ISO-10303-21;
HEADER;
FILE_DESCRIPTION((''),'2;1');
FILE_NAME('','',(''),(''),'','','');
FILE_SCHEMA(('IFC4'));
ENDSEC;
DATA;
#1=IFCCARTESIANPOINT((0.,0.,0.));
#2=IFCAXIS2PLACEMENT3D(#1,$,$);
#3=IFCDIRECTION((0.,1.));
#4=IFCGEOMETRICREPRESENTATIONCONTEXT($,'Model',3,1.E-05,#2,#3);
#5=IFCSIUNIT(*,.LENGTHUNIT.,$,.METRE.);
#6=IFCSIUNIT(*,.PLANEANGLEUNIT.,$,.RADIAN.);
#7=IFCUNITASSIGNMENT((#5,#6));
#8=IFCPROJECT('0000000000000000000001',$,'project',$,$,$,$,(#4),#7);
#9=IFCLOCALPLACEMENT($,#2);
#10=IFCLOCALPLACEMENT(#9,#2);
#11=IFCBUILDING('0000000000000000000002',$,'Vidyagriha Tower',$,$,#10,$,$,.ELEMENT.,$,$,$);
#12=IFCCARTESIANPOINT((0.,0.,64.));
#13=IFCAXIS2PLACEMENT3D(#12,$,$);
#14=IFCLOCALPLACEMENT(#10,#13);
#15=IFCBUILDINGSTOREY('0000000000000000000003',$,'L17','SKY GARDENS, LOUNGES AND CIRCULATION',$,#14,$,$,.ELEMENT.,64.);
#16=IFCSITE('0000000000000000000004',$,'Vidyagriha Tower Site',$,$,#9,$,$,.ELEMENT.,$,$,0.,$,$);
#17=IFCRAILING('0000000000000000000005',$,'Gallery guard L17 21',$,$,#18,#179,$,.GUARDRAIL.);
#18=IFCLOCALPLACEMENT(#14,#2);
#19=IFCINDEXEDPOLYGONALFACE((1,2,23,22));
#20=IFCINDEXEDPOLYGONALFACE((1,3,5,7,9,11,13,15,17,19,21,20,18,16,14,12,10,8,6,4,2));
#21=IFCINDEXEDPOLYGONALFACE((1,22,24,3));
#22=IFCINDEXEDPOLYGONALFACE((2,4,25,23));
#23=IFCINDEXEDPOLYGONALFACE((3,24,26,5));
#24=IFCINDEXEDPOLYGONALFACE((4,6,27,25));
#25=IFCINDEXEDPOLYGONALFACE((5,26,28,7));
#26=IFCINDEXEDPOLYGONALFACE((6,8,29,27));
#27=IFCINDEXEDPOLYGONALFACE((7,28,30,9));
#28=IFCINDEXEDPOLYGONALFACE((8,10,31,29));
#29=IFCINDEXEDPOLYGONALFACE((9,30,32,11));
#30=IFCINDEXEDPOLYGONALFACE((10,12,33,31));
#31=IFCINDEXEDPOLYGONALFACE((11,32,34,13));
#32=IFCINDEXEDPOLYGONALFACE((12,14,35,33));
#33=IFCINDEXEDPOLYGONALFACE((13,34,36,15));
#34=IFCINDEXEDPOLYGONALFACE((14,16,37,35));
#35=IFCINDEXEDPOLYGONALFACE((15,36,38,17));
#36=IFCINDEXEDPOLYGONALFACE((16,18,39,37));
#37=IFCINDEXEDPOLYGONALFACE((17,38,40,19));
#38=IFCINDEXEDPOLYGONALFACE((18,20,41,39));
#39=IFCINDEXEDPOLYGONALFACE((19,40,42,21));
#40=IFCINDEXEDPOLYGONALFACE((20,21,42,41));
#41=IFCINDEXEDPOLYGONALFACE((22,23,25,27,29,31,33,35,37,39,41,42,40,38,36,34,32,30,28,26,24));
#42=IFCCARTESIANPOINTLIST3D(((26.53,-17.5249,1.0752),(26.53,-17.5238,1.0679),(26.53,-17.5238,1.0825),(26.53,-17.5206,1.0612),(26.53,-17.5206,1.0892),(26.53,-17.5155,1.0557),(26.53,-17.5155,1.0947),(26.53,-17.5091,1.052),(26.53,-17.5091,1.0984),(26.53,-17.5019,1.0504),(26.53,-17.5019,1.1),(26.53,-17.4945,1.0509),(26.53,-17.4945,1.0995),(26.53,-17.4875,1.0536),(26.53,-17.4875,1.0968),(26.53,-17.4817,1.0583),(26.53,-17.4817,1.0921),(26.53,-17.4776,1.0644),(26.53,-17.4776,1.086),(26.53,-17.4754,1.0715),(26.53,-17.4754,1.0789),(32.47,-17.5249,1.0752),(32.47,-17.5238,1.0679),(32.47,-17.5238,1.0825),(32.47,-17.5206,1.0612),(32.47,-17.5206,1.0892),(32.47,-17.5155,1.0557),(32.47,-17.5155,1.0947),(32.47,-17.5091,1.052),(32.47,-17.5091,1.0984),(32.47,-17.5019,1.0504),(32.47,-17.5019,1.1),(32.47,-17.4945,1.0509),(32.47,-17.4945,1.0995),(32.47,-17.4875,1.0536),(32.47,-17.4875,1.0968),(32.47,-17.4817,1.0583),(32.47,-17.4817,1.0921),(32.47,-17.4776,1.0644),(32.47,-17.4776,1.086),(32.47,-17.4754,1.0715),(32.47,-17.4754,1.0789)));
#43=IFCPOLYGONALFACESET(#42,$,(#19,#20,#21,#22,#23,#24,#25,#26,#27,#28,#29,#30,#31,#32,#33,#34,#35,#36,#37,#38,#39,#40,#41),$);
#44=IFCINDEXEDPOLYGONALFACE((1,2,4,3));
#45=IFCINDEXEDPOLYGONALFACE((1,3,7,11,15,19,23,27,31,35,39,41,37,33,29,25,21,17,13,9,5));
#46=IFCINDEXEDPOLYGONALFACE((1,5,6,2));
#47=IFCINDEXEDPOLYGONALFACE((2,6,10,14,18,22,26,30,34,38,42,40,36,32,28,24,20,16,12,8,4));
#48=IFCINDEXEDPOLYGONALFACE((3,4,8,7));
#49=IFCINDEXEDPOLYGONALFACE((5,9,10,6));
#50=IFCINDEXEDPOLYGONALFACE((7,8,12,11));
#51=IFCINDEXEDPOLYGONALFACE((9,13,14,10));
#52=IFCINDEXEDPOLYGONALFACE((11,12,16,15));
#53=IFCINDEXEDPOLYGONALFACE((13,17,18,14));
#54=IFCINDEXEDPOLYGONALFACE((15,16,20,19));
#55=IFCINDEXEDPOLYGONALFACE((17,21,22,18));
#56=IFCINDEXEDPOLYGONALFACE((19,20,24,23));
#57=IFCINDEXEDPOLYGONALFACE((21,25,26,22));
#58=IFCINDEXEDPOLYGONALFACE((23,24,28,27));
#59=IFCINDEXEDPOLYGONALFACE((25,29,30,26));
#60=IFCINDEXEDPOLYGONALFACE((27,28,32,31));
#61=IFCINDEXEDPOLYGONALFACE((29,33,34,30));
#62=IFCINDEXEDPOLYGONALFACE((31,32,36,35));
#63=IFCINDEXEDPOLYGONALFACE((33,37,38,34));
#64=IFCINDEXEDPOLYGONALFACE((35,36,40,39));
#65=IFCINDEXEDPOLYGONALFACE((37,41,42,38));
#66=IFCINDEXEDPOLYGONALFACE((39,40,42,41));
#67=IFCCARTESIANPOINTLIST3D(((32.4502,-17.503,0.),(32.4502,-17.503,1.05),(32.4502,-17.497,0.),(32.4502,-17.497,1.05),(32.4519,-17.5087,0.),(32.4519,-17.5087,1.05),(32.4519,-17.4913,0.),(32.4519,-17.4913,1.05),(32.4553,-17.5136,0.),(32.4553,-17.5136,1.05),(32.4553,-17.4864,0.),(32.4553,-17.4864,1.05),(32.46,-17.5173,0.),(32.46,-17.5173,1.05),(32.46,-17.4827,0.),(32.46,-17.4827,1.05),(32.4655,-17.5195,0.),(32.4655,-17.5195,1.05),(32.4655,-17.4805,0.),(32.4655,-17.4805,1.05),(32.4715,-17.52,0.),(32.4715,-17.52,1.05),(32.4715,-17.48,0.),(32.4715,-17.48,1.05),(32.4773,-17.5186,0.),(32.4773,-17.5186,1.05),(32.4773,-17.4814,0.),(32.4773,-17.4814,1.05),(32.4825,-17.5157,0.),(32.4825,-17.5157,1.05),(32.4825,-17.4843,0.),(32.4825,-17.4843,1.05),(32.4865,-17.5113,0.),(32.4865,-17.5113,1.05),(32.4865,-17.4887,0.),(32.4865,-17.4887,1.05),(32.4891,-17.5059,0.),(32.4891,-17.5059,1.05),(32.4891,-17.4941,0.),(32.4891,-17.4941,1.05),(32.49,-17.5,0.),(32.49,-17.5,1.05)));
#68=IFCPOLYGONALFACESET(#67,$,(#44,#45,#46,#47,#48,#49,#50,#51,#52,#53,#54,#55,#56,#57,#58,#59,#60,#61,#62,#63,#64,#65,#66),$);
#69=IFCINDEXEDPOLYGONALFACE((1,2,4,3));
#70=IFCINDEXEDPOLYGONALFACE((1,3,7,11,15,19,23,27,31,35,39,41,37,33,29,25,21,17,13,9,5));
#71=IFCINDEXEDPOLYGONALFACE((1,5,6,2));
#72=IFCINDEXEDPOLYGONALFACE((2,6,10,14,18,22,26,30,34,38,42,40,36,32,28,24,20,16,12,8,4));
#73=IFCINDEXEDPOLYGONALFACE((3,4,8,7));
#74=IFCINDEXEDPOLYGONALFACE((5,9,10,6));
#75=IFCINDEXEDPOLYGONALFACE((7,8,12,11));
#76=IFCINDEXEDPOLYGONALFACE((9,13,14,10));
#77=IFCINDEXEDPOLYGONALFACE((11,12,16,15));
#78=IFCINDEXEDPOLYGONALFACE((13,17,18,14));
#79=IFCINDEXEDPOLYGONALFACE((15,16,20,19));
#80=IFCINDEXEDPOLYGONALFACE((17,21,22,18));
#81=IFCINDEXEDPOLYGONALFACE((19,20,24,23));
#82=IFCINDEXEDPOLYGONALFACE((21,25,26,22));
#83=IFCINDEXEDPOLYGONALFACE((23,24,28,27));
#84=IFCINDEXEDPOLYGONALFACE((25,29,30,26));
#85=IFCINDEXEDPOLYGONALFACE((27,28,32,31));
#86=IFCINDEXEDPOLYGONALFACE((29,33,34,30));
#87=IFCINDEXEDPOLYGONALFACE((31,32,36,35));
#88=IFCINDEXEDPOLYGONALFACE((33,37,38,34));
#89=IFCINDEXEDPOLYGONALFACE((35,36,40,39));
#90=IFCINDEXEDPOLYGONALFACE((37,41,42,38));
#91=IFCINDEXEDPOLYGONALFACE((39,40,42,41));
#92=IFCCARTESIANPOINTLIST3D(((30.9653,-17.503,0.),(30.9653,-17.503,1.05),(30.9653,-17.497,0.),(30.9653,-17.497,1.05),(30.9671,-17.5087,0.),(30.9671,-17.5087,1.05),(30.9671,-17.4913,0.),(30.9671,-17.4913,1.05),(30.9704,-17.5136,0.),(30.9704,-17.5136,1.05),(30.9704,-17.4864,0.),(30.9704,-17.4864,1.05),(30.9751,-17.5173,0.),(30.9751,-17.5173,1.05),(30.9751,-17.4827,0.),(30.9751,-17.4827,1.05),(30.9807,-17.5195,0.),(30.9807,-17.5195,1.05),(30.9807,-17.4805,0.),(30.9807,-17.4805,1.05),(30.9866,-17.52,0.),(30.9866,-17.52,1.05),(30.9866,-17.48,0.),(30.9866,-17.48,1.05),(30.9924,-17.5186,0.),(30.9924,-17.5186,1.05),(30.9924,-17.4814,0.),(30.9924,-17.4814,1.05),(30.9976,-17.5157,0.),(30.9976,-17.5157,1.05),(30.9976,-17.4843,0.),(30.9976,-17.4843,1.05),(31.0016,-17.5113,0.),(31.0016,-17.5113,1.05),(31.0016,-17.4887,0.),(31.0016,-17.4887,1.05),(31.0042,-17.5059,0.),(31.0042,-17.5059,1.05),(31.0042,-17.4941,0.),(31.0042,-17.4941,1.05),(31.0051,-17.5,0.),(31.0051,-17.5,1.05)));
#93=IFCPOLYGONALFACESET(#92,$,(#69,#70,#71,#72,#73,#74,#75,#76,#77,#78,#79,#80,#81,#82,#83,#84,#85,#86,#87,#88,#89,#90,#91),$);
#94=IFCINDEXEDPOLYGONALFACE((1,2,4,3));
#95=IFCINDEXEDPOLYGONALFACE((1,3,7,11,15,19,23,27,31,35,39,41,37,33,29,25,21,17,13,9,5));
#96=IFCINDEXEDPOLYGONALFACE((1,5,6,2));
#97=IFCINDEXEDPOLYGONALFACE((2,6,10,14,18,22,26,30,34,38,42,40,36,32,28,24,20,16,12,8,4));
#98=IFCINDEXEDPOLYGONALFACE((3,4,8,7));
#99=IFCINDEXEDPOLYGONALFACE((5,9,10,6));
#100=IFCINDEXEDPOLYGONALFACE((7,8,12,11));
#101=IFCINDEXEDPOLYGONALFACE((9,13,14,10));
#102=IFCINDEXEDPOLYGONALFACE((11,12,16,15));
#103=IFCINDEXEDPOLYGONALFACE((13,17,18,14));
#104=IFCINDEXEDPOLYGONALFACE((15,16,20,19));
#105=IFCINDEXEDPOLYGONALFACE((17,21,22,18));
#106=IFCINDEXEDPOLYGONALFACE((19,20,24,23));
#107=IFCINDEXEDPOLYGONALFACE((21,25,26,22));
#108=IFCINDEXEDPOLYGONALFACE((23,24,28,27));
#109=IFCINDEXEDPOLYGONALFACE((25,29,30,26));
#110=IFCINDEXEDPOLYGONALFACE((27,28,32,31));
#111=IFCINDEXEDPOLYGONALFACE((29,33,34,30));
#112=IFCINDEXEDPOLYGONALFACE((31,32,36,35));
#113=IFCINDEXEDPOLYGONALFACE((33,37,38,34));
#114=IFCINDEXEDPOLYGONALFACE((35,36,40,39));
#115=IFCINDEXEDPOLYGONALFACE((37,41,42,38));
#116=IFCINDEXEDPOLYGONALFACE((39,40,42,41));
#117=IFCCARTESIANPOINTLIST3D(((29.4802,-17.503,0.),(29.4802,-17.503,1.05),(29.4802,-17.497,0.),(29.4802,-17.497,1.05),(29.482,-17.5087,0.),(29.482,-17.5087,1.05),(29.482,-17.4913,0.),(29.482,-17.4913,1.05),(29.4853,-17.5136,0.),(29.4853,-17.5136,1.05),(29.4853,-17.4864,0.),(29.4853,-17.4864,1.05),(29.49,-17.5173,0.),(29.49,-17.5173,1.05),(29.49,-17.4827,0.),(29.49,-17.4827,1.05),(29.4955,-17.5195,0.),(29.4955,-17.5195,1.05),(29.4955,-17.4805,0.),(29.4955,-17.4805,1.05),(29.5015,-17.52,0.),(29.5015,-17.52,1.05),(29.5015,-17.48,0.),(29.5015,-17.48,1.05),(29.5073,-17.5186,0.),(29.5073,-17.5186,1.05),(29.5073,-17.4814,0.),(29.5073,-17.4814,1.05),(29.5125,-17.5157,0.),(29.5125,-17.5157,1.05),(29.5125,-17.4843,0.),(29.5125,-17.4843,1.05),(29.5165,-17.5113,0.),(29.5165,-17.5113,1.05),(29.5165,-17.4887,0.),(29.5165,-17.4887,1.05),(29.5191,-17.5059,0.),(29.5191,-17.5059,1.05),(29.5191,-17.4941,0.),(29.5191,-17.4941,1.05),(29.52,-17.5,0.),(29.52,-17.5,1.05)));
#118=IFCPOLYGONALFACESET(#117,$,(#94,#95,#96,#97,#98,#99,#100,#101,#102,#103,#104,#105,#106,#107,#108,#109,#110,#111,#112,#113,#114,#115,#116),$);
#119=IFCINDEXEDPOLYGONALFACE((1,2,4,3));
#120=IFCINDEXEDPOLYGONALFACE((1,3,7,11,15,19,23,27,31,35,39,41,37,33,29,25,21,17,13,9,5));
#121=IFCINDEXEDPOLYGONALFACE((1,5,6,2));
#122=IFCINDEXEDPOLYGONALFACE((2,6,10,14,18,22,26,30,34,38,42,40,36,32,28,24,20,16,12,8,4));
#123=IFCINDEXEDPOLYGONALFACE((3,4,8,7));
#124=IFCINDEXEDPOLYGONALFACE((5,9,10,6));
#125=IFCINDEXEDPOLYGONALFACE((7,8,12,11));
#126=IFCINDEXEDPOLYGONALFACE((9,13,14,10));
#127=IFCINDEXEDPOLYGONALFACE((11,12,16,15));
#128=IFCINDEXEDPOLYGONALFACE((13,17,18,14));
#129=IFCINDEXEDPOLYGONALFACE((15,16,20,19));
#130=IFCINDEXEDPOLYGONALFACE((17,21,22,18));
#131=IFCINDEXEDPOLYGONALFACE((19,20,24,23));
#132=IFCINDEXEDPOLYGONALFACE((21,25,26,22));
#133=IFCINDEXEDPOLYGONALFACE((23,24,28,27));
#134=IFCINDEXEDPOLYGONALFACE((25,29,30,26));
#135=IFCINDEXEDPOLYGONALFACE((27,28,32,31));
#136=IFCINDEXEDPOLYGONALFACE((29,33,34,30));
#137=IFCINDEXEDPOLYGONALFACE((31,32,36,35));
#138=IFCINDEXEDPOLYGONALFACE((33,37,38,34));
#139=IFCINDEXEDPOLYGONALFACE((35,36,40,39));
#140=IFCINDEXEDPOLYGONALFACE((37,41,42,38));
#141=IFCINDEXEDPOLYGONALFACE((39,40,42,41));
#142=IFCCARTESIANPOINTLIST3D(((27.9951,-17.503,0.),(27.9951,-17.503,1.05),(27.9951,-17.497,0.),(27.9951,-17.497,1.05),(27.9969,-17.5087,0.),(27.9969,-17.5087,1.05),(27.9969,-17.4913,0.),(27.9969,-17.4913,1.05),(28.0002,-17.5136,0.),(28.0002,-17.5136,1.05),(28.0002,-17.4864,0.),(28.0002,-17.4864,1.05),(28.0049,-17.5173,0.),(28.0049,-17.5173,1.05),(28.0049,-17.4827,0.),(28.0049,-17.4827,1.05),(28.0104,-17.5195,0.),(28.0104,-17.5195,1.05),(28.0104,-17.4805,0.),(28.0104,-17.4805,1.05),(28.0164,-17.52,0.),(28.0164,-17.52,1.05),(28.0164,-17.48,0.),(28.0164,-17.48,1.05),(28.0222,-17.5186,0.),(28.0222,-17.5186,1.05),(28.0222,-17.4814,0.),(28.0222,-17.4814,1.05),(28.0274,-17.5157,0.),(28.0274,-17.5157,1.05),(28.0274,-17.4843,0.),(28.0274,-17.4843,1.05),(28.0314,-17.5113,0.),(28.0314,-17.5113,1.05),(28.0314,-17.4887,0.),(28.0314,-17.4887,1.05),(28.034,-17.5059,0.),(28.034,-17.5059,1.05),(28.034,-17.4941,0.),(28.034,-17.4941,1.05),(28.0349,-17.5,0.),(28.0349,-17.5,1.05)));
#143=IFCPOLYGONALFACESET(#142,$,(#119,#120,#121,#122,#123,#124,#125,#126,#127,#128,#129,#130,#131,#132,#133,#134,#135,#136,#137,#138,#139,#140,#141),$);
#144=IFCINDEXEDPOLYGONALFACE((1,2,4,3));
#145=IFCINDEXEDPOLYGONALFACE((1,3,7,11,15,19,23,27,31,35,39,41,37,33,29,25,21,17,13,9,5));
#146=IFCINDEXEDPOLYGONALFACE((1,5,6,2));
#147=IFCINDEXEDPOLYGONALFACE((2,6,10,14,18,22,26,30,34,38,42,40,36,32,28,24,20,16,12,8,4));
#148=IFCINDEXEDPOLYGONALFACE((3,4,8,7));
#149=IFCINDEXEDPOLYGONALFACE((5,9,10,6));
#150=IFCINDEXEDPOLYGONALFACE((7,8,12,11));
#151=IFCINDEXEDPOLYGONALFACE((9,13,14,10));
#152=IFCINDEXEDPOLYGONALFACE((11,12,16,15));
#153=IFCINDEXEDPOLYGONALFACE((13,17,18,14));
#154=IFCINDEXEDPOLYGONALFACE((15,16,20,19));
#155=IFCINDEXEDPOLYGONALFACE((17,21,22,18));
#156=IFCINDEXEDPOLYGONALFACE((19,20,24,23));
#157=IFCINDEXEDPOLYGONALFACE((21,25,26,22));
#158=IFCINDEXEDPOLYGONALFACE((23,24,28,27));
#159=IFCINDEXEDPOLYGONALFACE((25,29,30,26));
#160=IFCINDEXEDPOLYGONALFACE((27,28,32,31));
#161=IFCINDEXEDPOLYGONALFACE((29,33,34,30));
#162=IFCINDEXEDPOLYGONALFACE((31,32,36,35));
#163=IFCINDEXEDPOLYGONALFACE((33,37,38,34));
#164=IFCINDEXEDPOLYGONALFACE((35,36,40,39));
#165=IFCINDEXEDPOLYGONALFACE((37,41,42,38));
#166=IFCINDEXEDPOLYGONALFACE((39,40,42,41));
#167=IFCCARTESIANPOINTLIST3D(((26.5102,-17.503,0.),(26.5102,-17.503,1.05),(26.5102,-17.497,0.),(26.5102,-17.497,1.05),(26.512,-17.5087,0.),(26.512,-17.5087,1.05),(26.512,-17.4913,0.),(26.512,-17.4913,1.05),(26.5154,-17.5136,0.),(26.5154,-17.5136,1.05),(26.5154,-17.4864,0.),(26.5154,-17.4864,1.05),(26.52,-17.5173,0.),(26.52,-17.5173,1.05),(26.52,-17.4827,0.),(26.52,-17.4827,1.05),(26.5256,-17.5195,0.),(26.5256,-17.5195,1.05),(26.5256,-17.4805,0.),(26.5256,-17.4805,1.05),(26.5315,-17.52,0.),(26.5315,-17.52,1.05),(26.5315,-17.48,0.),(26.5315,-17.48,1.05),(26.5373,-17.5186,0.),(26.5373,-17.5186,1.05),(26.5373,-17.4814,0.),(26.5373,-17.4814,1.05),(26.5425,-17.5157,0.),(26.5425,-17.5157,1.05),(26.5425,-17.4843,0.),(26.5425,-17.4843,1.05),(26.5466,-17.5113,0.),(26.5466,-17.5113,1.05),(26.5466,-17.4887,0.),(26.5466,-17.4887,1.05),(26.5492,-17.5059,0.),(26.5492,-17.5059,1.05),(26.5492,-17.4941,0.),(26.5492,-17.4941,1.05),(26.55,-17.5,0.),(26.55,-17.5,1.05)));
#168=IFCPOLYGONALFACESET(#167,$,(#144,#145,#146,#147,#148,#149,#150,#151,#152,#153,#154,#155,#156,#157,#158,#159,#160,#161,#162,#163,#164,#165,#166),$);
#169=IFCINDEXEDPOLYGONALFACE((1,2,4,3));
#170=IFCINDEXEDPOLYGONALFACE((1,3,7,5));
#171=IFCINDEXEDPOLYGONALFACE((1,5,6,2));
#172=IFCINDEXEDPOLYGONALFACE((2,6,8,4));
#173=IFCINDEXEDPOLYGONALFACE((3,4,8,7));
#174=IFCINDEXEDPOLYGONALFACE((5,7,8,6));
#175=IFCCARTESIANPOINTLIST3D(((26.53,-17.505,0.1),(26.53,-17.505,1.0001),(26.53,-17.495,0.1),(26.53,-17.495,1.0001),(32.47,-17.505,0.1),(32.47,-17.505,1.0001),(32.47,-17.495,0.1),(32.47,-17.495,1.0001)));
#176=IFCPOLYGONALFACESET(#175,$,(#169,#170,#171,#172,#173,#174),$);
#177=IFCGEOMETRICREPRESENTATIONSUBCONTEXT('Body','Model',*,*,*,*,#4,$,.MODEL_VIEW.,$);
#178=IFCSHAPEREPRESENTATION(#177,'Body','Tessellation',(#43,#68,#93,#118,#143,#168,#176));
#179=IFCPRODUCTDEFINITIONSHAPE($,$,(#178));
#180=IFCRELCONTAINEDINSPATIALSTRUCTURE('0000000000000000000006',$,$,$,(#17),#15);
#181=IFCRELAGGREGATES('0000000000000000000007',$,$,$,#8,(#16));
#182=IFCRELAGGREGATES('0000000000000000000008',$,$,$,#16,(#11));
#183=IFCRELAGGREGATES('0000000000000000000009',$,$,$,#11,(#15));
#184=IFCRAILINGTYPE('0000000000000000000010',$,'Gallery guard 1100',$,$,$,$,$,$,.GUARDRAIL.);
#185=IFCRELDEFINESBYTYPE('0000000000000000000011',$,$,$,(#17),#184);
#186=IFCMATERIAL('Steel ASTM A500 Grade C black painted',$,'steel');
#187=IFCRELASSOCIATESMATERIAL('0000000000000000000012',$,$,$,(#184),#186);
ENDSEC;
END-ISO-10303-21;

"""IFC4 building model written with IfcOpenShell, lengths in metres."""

from ifc_helpers import new_model, si_unit, direction, frame, origin, origin_2d, place, context, subcontext, project, spatial, rectangle, circle, extrude, material, type_object, element, save


model = new_model("IFC4")

# Units and contexts
model_context = context("Model", 3, precision=1e-05, world=origin(), true_north=direction((0.0, 1.0)))
body_context = subcontext(model_context, "Body", "Model", "MODEL_VIEW")
ifc_project = project(units=[si_unit("LENGTHUNIT", "METRE"), si_unit("PLANEANGLEUNIT", "RADIAN")], contexts=[model_context])

# Site, building, storey
site_placement = place(None, origin())
site = spatial("IfcSite", under=ifc_project, at=site_placement, Name="Vidyagriha Tower Site", CompositionType="ELEMENT", RefElevation=0.0)
building_placement = place(site_placement, origin())
building = spatial("IfcBuilding", under=site, at=building_placement, Name="Vidyagriha Tower", CompositionType="ELEMENT")
storey_placement = place(building_placement, frame((0.0, 0.0, 64.0)))
storey = spatial("IfcBuildingStorey", under=building, at=storey_placement, Name="L17", Description="SKY GARDENS, LOUNGES AND CIRCULATION", CompositionType="ELEMENT", Elevation=64.0)

# Railing
ifc_material_1 = material(Name="Steel ASTM A500 Grade C black painted", Category="steel")
railing_type = type_object("IfcRailingType", Name="Gallery guard 1100", PredefinedType="GUARDRAIL", material=ifc_material_1)
railing_1_placement = place(storey_placement, frame((32.47, -17.5, 0.0)))
element("IfcRailing", 1, at=railing_1_placement, inside=storey, type_object=railing_type, Name="Gallery guard L17 21", PredefinedType="GUARDRAIL", context=body_context, shape_type="SweptSolid", body=[
    extrude(circle(Radius=0.0249, at=origin_2d()), frame((0.0, 0.0, 1.0752), z_axis=(-1.0, 0.0, 0.0), x_axis=(0.0, -1.0, 0.0)), (0.0, 0.0, 1.0), 5.9399),
    extrude(circle(Radius=0.02, at=origin_2d()), origin(), (0.0, 0.0, 1.0), 1.05),
    extrude(circle(Radius=0.02, at=origin_2d()), frame((-1.4849, 0.0, 0.0)), (0.0, 0.0, 1.0), 1.05),
    extrude(circle(Radius=0.02, at=origin_2d()), frame((-2.97, 0.0, 0.0)), (0.0, 0.0, 1.0), 1.05),
    extrude(circle(Radius=0.02, at=origin_2d()), frame((-4.4551, 0.0, 0.0)), (0.0, 0.0, 1.0), 1.05),
    extrude(circle(Radius=0.02, at=origin_2d()), frame((-5.9399, 0.0, 0.0)), (0.0, 0.0, 1.0), 1.05),
    extrude(rectangle(XDim=0.01, YDim=0.9001, at=origin_2d()), frame((0.0, 0.0, 0.55), z_axis=(-1.0, 0.0, 0.0), x_axis=(0.0, -1.0, 0.0)), (0.0, 0.0, 1.0), 5.9399),
])

save(model, "model.ifc")
